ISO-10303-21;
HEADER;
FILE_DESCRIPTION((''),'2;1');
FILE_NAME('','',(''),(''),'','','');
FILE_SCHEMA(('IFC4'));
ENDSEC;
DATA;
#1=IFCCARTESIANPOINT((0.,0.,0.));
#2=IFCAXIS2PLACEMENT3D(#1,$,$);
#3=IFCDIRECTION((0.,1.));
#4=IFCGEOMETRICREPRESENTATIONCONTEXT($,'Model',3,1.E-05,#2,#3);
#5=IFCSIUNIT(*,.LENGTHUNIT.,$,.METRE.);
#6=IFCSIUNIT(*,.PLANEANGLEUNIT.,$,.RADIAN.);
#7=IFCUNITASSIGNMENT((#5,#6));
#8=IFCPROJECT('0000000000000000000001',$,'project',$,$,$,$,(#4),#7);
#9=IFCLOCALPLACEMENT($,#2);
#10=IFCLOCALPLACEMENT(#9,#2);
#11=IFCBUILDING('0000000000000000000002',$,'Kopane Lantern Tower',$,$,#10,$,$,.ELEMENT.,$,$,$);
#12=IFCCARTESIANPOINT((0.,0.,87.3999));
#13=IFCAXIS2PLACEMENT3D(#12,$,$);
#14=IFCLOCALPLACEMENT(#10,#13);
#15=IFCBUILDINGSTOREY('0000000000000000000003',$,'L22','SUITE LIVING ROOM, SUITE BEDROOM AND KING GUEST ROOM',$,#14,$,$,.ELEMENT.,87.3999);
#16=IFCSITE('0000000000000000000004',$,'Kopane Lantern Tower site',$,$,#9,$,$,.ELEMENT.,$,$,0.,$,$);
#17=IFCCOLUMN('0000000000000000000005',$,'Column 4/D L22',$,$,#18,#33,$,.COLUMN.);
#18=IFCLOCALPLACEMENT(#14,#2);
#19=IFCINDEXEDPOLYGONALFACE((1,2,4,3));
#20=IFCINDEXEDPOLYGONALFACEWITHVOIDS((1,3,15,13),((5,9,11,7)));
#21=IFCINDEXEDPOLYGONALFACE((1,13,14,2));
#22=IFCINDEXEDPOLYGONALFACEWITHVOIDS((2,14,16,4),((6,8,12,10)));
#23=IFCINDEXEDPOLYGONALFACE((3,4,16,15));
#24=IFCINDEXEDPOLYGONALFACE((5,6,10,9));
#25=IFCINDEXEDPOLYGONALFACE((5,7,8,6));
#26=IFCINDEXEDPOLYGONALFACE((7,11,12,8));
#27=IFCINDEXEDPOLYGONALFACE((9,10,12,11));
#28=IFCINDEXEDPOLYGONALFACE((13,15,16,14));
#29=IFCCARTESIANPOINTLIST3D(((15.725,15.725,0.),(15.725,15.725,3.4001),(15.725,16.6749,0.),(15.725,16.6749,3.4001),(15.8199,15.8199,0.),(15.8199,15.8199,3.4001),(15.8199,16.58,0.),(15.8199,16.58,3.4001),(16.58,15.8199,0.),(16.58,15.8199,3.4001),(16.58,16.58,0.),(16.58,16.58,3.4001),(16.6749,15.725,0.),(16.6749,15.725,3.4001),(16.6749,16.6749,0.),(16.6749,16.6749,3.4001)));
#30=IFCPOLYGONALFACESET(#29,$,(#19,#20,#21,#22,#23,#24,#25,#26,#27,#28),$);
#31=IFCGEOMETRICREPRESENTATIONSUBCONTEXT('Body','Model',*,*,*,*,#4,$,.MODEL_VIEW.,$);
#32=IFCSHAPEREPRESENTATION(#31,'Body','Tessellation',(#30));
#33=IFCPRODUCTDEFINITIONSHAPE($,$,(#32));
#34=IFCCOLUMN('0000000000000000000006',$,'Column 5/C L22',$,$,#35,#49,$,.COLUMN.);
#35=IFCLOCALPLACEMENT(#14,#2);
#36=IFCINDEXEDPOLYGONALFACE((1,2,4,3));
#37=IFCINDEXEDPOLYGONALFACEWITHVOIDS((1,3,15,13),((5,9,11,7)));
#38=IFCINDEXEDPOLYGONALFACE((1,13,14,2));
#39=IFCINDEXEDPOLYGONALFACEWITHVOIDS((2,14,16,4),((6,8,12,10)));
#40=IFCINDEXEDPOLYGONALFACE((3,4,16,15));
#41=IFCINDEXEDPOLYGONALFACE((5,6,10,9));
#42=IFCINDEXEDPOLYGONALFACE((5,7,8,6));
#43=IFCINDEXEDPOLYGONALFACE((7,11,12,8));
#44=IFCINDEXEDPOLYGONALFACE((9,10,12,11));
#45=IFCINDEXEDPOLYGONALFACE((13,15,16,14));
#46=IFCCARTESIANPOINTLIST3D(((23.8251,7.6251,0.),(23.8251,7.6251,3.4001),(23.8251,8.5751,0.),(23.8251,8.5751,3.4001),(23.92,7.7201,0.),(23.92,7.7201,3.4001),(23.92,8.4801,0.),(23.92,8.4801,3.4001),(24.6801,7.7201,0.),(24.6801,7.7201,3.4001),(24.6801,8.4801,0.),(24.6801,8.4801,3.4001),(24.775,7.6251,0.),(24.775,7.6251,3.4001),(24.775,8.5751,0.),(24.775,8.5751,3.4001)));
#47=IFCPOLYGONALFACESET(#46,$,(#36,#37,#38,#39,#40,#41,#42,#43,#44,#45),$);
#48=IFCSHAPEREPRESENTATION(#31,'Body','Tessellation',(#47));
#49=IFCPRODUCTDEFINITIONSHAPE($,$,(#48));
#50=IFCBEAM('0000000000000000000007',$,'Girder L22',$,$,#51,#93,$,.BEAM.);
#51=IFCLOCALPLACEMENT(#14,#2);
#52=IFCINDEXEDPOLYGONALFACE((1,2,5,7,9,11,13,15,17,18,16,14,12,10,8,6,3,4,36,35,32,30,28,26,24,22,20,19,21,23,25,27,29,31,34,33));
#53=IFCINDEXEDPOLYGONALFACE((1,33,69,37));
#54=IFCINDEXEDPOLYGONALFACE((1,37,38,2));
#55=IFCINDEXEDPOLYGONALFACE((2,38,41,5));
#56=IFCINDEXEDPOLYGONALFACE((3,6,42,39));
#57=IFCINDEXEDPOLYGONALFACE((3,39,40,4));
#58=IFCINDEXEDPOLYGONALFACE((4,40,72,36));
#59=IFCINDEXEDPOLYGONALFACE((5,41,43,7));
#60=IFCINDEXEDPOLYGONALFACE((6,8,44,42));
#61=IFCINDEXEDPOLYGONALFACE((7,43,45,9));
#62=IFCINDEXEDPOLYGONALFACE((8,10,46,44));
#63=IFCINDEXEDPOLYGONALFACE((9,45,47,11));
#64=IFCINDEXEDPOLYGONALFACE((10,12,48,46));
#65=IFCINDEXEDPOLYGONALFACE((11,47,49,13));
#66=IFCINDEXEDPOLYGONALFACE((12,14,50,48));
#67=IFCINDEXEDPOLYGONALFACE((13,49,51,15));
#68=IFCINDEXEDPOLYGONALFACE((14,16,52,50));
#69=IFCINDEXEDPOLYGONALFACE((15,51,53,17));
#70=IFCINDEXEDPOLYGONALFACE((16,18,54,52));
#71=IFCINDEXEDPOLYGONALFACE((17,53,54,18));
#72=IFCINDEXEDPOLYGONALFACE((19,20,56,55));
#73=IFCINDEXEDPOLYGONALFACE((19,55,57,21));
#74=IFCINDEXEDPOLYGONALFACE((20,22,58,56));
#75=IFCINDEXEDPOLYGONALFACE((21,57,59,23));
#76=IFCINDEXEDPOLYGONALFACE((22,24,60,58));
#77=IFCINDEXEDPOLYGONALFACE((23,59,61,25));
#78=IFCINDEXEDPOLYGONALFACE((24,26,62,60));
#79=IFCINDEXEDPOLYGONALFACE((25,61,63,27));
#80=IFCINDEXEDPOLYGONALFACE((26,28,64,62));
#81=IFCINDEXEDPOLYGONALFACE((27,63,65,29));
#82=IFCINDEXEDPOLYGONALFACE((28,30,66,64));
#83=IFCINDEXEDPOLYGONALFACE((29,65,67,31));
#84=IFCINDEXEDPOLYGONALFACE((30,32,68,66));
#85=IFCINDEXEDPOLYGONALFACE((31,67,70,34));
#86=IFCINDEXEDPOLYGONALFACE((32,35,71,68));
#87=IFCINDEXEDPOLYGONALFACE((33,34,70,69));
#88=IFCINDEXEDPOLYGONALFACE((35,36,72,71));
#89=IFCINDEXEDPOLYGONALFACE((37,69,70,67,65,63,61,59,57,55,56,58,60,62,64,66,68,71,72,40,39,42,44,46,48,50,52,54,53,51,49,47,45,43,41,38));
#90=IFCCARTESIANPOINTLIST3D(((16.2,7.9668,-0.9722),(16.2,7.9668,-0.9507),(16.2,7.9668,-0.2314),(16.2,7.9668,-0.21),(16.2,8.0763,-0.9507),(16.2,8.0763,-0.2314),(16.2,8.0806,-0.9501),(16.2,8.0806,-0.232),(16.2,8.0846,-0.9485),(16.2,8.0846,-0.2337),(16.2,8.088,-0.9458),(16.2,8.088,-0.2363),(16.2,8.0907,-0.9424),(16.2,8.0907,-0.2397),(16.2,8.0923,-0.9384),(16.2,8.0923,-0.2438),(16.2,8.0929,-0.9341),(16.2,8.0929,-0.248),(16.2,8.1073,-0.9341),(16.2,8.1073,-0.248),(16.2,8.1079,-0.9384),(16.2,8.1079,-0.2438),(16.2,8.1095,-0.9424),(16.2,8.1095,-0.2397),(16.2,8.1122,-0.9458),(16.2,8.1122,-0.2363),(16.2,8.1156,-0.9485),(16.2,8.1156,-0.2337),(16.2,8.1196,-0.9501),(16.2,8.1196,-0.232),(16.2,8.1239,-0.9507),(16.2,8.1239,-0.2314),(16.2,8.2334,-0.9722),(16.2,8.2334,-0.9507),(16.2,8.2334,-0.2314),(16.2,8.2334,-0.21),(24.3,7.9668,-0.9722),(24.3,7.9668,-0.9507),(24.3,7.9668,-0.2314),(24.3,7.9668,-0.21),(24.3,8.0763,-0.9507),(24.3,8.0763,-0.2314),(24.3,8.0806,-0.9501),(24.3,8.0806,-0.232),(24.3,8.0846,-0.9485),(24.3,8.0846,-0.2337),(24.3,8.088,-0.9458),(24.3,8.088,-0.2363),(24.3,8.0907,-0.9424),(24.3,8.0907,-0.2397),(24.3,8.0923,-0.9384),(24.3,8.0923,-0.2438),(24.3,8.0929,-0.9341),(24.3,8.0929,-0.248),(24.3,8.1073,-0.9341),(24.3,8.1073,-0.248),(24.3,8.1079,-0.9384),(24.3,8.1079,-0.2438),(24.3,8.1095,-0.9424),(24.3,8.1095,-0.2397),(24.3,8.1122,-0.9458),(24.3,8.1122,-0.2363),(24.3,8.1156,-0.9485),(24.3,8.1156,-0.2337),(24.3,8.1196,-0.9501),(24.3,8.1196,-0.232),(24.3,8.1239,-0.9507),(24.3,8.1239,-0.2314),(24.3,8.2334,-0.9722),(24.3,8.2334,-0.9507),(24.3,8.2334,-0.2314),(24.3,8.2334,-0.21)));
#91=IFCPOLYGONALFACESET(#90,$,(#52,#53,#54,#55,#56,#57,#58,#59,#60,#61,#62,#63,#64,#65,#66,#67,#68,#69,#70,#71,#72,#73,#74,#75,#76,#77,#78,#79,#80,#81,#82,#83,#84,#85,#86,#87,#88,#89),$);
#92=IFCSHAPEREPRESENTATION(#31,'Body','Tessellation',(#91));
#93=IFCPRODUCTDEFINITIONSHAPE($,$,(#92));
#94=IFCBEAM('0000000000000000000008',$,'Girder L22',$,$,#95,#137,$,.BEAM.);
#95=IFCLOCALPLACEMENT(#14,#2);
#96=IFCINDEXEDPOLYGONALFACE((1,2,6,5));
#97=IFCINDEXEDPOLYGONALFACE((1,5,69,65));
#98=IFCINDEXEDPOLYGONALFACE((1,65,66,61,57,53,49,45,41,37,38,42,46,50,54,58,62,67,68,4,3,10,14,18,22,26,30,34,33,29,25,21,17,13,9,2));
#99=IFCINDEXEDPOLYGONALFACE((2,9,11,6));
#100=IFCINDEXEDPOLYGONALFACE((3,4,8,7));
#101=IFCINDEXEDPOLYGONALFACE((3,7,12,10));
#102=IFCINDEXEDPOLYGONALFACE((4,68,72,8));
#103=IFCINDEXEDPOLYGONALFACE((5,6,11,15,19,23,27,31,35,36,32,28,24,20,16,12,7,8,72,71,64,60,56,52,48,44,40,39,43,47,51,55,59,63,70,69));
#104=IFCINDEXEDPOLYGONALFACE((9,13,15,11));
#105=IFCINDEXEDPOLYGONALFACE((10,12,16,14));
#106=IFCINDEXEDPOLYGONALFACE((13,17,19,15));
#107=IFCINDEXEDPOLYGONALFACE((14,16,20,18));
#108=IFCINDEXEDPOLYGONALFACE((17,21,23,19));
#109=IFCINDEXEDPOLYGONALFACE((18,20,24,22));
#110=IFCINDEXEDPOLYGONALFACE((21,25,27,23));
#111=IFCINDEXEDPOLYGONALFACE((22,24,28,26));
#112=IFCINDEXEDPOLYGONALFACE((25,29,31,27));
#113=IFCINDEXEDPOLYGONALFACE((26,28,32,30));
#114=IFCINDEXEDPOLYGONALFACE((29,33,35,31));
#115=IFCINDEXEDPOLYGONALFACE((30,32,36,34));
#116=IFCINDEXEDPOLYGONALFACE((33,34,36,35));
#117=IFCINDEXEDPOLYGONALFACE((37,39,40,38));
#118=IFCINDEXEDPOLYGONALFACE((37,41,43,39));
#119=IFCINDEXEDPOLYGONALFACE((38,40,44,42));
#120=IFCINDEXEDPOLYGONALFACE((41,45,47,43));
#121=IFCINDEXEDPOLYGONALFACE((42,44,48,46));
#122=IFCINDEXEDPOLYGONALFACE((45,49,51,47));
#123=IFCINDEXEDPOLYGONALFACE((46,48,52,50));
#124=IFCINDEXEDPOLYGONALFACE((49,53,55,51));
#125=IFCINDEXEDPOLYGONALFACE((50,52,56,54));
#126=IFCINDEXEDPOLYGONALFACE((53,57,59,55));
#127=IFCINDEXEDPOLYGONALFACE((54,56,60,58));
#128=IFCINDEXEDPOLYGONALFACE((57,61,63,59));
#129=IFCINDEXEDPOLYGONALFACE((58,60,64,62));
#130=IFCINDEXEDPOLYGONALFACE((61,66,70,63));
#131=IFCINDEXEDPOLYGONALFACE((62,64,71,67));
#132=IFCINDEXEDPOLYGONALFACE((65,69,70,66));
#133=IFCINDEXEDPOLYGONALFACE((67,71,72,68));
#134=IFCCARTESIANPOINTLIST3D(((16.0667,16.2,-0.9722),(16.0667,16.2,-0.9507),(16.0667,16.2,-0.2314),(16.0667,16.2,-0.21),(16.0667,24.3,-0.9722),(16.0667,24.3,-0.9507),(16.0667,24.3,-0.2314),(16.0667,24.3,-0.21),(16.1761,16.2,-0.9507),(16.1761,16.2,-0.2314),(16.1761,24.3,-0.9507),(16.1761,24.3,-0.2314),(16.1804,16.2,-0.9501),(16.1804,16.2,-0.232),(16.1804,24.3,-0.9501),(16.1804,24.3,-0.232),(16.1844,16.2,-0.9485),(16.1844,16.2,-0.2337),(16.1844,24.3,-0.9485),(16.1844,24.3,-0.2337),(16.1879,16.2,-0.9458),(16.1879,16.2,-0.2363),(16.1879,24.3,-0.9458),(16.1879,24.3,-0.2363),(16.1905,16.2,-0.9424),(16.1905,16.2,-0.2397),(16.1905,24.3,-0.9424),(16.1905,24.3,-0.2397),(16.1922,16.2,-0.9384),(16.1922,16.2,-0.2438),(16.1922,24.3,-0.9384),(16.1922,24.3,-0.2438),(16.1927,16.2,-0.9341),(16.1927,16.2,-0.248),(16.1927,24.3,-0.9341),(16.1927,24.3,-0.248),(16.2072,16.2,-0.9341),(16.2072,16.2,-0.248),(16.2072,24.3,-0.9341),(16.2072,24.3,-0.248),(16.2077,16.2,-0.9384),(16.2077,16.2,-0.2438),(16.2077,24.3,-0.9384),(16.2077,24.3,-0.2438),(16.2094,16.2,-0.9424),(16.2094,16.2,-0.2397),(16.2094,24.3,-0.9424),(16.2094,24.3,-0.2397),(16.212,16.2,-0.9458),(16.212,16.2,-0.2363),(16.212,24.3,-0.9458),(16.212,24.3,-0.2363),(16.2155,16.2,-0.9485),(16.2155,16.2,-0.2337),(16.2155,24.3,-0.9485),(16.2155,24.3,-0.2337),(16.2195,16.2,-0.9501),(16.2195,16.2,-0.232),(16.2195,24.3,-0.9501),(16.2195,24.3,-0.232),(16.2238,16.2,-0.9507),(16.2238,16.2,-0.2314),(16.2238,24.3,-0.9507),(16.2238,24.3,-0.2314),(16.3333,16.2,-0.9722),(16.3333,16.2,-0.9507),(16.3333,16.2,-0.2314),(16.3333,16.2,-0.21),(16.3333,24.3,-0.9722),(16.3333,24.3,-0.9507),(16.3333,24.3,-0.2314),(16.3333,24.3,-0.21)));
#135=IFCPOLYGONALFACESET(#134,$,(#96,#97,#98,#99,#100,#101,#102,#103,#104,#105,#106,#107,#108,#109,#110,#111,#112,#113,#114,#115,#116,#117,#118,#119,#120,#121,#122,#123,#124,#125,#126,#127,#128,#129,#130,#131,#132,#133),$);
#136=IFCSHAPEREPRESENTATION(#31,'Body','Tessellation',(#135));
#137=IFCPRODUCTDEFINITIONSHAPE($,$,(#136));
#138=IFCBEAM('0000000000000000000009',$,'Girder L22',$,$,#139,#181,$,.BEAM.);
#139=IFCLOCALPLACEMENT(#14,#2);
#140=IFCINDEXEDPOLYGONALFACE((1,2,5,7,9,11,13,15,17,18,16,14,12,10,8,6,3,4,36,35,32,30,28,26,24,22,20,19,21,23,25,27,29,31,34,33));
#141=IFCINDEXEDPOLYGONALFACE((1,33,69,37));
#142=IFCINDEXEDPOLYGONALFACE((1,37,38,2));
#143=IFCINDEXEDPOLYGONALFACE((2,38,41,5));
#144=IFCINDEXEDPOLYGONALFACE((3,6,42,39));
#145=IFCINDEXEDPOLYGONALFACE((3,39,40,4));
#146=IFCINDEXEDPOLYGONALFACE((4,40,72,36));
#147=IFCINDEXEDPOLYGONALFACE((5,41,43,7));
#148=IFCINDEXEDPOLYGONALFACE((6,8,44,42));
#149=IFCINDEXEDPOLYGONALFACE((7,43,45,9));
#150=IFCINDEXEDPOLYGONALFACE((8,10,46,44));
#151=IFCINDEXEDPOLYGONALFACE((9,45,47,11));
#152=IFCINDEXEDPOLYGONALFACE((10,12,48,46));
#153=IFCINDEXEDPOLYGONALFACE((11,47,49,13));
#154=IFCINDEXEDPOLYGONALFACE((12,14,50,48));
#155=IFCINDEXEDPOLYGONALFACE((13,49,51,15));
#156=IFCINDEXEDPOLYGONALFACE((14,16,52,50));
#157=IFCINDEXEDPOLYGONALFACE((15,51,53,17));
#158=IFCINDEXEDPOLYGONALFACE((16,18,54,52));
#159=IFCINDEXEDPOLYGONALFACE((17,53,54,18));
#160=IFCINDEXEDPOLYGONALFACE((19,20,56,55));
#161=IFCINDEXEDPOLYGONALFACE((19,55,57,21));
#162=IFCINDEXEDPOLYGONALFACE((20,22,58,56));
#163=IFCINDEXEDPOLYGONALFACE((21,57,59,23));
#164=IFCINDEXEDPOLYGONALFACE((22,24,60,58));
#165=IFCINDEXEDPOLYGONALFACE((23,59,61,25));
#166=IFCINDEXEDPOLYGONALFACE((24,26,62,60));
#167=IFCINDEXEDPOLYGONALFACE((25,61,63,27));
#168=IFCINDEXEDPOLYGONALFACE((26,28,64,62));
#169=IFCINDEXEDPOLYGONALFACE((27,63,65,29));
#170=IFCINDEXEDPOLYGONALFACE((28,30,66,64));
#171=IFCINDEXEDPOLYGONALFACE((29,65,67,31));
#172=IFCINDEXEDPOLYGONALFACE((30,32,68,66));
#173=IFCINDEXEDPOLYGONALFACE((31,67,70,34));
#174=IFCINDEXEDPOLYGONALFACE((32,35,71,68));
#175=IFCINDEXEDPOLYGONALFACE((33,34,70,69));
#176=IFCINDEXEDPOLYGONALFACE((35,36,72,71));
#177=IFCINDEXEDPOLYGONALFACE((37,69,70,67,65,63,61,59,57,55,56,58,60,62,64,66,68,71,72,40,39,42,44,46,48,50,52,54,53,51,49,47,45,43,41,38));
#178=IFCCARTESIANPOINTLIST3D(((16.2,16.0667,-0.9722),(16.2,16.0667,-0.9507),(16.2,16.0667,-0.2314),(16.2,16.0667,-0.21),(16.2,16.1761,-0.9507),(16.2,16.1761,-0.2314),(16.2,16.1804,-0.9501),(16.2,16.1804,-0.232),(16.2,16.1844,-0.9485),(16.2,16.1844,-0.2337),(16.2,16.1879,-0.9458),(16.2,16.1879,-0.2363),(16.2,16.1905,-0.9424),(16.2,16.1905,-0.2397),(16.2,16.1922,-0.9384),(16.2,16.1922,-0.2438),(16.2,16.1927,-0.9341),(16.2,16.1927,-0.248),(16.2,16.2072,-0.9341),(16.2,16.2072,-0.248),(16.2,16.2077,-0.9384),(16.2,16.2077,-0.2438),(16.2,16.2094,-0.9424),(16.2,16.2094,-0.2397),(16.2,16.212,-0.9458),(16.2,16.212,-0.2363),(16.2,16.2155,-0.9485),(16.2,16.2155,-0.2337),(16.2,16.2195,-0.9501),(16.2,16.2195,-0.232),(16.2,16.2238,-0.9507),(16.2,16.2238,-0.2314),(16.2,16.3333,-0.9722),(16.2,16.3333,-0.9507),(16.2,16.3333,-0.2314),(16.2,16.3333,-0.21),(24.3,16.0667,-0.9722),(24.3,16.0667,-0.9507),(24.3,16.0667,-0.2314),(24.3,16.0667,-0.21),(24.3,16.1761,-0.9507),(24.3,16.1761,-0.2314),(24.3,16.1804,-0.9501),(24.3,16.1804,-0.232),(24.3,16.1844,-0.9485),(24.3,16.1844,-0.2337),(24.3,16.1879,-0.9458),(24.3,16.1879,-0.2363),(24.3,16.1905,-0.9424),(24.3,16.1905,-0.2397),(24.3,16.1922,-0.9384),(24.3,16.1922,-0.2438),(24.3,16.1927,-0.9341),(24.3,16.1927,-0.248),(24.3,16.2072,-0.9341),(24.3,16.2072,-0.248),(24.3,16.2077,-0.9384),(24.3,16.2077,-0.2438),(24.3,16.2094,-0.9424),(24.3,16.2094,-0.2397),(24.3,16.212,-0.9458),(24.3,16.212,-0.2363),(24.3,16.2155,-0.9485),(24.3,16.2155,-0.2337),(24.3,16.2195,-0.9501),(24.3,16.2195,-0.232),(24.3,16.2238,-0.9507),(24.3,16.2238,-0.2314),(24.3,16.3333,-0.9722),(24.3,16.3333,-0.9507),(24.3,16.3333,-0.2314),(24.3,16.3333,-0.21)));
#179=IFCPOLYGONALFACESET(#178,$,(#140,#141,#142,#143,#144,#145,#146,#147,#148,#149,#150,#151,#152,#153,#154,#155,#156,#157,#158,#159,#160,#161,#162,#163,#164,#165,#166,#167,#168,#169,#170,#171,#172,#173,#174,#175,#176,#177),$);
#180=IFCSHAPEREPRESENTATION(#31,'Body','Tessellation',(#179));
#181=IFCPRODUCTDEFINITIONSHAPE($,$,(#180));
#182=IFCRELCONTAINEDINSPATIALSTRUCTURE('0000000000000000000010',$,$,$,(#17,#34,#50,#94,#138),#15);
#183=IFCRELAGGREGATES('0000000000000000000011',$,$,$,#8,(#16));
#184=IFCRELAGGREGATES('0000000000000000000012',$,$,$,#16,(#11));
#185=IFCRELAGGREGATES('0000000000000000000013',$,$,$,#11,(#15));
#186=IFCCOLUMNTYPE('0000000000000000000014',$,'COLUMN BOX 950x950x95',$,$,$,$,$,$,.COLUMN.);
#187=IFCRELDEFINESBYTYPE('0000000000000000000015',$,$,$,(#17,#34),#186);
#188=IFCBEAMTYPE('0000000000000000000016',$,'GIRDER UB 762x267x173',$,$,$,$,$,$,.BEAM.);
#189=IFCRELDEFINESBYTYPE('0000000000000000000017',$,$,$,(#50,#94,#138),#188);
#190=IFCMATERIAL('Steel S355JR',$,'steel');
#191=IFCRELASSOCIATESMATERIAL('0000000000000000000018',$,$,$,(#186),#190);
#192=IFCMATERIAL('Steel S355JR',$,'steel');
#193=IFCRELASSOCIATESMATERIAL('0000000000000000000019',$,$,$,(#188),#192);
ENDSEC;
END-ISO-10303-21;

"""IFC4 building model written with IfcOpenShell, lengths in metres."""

from ifc_helpers import new_model, si_unit, direction, frame, origin, origin_2d, place, context, subcontext, project, spatial, hollow_rectangle, i_section, extrude, material, material_profile, profile_set, type_object, element, save


model = new_model("IFC4")

# Units and contexts
model_context = context("Model", 3, precision=1e-05, world=origin(), true_north=direction((0.0, 1.0)))
body_context = subcontext(model_context, "Body", "Model", "MODEL_VIEW")
ifc_project = project(units=[si_unit("LENGTHUNIT", "METRE"), si_unit("PLANEANGLEUNIT", "RADIAN")], contexts=[model_context])

# Site, building, storey
site_placement = place(None, origin())
site = spatial("IfcSite", under=ifc_project, at=site_placement, Name="Kopane Lantern Tower site", CompositionType="ELEMENT", RefElevation=0.0)
building_placement = place(site_placement, origin())
building = spatial("IfcBuilding", under=site, at=building_placement, Name="Kopane Lantern Tower", CompositionType="ELEMENT")
storey_placement = place(building_placement, frame((0.0, 0.0, 87.3999)))
storey = spatial("IfcBuildingStorey", under=building, at=storey_placement, Name="L22", Description="SUITE LIVING ROOM, SUITE BEDROOM AND KING GUEST ROOM", CompositionType="ELEMENT", Elevation=87.3999)

# Columns
ifc_material_1 = material(Name="Steel S355JR", Category="steel")
ifc_material_profile_1 = material_profile(ifc_material_1, hollow_rectangle(XDim=0.95, YDim=0.95, WallThickness=0.095, at=origin_2d()), Name="BOX 950x950x95")
ifc_profile_set_1 = profile_set([ifc_material_profile_1], Name="Steel S355JR")
column_type = type_object("IfcColumnType", Name="COLUMN BOX 950x950x95", PredefinedType="COLUMN", material=ifc_profile_set_1)
for number, where, z_axis, x_axis, name in (
    (1, (16.2, 16.2, 0.0), (0.0, 0.0, 1.0), (1.0, 0.0, 0.0), "Column 4/D L22"),
    (2, (24.3, 8.1001, 0.0), (0.0, 0.0, 1.0), (1.0, 0.0, 0.0), "Column 5/C L22"),
):
    element("IfcColumn", number, at=place(storey_placement, frame(where, z_axis=z_axis, x_axis=x_axis)), inside=storey, type_object=column_type, Name=name, PredefinedType="COLUMN", context=body_context, shape_type="SweptSolid", body=[
        extrude(hollow_rectangle(XDim=0.95, YDim=0.95, WallThickness=0.095, at=origin_2d()), origin(), (0.0, 0.0, 1.0), 3.4001),
    ])

# Beams
ifc_material_2 = material(Name="Steel S355JR", Category="steel")
ifc_material_profile_2 = material_profile(ifc_material_2, i_section(OverallWidth=0.2666, OverallDepth=0.7622, WebThickness=0.0144, FlangeThickness=0.0215, FilletRadius=0.0166, at=origin_2d()), Name="UB 762x267x173")
ifc_profile_set_2 = profile_set([ifc_material_profile_2], Name="Steel S355JR")
beam_type = type_object("IfcBeamType", Name="GIRDER UB 762x267x173", PredefinedType="BEAM", material=ifc_profile_set_2)
for number, where, z_axis, x_axis, name in (
    (3, (16.2, 8.1001, -0.5911), (1.0, 0.0, 0.0), (0.0, 1.0, 0.0), "Girder L22"),
    (4, (16.2, 16.2, -0.5911), (0.0, 1.0, 0.0), (-1.0, 0.0, 0.0), "Girder L22"),
    (5, (16.2, 16.2, -0.5911), (1.0, 0.0, 0.0), (0.0, 1.0, 0.0), "Girder L22"),
):
    element("IfcBeam", number, at=place(storey_placement, frame(where, z_axis=z_axis, x_axis=x_axis)), inside=storey, type_object=beam_type, Name=name, PredefinedType="BEAM", context=body_context, shape_type="SweptSolid", body=[
        extrude(i_section(OverallWidth=0.2666, OverallDepth=0.7622, WebThickness=0.0144, FlangeThickness=0.0215, FilletRadius=0.0166, at=origin_2d()), origin(), (0.0, 0.0, 1.0), 8.1001),
    ])

save(model, "model.ifc")
